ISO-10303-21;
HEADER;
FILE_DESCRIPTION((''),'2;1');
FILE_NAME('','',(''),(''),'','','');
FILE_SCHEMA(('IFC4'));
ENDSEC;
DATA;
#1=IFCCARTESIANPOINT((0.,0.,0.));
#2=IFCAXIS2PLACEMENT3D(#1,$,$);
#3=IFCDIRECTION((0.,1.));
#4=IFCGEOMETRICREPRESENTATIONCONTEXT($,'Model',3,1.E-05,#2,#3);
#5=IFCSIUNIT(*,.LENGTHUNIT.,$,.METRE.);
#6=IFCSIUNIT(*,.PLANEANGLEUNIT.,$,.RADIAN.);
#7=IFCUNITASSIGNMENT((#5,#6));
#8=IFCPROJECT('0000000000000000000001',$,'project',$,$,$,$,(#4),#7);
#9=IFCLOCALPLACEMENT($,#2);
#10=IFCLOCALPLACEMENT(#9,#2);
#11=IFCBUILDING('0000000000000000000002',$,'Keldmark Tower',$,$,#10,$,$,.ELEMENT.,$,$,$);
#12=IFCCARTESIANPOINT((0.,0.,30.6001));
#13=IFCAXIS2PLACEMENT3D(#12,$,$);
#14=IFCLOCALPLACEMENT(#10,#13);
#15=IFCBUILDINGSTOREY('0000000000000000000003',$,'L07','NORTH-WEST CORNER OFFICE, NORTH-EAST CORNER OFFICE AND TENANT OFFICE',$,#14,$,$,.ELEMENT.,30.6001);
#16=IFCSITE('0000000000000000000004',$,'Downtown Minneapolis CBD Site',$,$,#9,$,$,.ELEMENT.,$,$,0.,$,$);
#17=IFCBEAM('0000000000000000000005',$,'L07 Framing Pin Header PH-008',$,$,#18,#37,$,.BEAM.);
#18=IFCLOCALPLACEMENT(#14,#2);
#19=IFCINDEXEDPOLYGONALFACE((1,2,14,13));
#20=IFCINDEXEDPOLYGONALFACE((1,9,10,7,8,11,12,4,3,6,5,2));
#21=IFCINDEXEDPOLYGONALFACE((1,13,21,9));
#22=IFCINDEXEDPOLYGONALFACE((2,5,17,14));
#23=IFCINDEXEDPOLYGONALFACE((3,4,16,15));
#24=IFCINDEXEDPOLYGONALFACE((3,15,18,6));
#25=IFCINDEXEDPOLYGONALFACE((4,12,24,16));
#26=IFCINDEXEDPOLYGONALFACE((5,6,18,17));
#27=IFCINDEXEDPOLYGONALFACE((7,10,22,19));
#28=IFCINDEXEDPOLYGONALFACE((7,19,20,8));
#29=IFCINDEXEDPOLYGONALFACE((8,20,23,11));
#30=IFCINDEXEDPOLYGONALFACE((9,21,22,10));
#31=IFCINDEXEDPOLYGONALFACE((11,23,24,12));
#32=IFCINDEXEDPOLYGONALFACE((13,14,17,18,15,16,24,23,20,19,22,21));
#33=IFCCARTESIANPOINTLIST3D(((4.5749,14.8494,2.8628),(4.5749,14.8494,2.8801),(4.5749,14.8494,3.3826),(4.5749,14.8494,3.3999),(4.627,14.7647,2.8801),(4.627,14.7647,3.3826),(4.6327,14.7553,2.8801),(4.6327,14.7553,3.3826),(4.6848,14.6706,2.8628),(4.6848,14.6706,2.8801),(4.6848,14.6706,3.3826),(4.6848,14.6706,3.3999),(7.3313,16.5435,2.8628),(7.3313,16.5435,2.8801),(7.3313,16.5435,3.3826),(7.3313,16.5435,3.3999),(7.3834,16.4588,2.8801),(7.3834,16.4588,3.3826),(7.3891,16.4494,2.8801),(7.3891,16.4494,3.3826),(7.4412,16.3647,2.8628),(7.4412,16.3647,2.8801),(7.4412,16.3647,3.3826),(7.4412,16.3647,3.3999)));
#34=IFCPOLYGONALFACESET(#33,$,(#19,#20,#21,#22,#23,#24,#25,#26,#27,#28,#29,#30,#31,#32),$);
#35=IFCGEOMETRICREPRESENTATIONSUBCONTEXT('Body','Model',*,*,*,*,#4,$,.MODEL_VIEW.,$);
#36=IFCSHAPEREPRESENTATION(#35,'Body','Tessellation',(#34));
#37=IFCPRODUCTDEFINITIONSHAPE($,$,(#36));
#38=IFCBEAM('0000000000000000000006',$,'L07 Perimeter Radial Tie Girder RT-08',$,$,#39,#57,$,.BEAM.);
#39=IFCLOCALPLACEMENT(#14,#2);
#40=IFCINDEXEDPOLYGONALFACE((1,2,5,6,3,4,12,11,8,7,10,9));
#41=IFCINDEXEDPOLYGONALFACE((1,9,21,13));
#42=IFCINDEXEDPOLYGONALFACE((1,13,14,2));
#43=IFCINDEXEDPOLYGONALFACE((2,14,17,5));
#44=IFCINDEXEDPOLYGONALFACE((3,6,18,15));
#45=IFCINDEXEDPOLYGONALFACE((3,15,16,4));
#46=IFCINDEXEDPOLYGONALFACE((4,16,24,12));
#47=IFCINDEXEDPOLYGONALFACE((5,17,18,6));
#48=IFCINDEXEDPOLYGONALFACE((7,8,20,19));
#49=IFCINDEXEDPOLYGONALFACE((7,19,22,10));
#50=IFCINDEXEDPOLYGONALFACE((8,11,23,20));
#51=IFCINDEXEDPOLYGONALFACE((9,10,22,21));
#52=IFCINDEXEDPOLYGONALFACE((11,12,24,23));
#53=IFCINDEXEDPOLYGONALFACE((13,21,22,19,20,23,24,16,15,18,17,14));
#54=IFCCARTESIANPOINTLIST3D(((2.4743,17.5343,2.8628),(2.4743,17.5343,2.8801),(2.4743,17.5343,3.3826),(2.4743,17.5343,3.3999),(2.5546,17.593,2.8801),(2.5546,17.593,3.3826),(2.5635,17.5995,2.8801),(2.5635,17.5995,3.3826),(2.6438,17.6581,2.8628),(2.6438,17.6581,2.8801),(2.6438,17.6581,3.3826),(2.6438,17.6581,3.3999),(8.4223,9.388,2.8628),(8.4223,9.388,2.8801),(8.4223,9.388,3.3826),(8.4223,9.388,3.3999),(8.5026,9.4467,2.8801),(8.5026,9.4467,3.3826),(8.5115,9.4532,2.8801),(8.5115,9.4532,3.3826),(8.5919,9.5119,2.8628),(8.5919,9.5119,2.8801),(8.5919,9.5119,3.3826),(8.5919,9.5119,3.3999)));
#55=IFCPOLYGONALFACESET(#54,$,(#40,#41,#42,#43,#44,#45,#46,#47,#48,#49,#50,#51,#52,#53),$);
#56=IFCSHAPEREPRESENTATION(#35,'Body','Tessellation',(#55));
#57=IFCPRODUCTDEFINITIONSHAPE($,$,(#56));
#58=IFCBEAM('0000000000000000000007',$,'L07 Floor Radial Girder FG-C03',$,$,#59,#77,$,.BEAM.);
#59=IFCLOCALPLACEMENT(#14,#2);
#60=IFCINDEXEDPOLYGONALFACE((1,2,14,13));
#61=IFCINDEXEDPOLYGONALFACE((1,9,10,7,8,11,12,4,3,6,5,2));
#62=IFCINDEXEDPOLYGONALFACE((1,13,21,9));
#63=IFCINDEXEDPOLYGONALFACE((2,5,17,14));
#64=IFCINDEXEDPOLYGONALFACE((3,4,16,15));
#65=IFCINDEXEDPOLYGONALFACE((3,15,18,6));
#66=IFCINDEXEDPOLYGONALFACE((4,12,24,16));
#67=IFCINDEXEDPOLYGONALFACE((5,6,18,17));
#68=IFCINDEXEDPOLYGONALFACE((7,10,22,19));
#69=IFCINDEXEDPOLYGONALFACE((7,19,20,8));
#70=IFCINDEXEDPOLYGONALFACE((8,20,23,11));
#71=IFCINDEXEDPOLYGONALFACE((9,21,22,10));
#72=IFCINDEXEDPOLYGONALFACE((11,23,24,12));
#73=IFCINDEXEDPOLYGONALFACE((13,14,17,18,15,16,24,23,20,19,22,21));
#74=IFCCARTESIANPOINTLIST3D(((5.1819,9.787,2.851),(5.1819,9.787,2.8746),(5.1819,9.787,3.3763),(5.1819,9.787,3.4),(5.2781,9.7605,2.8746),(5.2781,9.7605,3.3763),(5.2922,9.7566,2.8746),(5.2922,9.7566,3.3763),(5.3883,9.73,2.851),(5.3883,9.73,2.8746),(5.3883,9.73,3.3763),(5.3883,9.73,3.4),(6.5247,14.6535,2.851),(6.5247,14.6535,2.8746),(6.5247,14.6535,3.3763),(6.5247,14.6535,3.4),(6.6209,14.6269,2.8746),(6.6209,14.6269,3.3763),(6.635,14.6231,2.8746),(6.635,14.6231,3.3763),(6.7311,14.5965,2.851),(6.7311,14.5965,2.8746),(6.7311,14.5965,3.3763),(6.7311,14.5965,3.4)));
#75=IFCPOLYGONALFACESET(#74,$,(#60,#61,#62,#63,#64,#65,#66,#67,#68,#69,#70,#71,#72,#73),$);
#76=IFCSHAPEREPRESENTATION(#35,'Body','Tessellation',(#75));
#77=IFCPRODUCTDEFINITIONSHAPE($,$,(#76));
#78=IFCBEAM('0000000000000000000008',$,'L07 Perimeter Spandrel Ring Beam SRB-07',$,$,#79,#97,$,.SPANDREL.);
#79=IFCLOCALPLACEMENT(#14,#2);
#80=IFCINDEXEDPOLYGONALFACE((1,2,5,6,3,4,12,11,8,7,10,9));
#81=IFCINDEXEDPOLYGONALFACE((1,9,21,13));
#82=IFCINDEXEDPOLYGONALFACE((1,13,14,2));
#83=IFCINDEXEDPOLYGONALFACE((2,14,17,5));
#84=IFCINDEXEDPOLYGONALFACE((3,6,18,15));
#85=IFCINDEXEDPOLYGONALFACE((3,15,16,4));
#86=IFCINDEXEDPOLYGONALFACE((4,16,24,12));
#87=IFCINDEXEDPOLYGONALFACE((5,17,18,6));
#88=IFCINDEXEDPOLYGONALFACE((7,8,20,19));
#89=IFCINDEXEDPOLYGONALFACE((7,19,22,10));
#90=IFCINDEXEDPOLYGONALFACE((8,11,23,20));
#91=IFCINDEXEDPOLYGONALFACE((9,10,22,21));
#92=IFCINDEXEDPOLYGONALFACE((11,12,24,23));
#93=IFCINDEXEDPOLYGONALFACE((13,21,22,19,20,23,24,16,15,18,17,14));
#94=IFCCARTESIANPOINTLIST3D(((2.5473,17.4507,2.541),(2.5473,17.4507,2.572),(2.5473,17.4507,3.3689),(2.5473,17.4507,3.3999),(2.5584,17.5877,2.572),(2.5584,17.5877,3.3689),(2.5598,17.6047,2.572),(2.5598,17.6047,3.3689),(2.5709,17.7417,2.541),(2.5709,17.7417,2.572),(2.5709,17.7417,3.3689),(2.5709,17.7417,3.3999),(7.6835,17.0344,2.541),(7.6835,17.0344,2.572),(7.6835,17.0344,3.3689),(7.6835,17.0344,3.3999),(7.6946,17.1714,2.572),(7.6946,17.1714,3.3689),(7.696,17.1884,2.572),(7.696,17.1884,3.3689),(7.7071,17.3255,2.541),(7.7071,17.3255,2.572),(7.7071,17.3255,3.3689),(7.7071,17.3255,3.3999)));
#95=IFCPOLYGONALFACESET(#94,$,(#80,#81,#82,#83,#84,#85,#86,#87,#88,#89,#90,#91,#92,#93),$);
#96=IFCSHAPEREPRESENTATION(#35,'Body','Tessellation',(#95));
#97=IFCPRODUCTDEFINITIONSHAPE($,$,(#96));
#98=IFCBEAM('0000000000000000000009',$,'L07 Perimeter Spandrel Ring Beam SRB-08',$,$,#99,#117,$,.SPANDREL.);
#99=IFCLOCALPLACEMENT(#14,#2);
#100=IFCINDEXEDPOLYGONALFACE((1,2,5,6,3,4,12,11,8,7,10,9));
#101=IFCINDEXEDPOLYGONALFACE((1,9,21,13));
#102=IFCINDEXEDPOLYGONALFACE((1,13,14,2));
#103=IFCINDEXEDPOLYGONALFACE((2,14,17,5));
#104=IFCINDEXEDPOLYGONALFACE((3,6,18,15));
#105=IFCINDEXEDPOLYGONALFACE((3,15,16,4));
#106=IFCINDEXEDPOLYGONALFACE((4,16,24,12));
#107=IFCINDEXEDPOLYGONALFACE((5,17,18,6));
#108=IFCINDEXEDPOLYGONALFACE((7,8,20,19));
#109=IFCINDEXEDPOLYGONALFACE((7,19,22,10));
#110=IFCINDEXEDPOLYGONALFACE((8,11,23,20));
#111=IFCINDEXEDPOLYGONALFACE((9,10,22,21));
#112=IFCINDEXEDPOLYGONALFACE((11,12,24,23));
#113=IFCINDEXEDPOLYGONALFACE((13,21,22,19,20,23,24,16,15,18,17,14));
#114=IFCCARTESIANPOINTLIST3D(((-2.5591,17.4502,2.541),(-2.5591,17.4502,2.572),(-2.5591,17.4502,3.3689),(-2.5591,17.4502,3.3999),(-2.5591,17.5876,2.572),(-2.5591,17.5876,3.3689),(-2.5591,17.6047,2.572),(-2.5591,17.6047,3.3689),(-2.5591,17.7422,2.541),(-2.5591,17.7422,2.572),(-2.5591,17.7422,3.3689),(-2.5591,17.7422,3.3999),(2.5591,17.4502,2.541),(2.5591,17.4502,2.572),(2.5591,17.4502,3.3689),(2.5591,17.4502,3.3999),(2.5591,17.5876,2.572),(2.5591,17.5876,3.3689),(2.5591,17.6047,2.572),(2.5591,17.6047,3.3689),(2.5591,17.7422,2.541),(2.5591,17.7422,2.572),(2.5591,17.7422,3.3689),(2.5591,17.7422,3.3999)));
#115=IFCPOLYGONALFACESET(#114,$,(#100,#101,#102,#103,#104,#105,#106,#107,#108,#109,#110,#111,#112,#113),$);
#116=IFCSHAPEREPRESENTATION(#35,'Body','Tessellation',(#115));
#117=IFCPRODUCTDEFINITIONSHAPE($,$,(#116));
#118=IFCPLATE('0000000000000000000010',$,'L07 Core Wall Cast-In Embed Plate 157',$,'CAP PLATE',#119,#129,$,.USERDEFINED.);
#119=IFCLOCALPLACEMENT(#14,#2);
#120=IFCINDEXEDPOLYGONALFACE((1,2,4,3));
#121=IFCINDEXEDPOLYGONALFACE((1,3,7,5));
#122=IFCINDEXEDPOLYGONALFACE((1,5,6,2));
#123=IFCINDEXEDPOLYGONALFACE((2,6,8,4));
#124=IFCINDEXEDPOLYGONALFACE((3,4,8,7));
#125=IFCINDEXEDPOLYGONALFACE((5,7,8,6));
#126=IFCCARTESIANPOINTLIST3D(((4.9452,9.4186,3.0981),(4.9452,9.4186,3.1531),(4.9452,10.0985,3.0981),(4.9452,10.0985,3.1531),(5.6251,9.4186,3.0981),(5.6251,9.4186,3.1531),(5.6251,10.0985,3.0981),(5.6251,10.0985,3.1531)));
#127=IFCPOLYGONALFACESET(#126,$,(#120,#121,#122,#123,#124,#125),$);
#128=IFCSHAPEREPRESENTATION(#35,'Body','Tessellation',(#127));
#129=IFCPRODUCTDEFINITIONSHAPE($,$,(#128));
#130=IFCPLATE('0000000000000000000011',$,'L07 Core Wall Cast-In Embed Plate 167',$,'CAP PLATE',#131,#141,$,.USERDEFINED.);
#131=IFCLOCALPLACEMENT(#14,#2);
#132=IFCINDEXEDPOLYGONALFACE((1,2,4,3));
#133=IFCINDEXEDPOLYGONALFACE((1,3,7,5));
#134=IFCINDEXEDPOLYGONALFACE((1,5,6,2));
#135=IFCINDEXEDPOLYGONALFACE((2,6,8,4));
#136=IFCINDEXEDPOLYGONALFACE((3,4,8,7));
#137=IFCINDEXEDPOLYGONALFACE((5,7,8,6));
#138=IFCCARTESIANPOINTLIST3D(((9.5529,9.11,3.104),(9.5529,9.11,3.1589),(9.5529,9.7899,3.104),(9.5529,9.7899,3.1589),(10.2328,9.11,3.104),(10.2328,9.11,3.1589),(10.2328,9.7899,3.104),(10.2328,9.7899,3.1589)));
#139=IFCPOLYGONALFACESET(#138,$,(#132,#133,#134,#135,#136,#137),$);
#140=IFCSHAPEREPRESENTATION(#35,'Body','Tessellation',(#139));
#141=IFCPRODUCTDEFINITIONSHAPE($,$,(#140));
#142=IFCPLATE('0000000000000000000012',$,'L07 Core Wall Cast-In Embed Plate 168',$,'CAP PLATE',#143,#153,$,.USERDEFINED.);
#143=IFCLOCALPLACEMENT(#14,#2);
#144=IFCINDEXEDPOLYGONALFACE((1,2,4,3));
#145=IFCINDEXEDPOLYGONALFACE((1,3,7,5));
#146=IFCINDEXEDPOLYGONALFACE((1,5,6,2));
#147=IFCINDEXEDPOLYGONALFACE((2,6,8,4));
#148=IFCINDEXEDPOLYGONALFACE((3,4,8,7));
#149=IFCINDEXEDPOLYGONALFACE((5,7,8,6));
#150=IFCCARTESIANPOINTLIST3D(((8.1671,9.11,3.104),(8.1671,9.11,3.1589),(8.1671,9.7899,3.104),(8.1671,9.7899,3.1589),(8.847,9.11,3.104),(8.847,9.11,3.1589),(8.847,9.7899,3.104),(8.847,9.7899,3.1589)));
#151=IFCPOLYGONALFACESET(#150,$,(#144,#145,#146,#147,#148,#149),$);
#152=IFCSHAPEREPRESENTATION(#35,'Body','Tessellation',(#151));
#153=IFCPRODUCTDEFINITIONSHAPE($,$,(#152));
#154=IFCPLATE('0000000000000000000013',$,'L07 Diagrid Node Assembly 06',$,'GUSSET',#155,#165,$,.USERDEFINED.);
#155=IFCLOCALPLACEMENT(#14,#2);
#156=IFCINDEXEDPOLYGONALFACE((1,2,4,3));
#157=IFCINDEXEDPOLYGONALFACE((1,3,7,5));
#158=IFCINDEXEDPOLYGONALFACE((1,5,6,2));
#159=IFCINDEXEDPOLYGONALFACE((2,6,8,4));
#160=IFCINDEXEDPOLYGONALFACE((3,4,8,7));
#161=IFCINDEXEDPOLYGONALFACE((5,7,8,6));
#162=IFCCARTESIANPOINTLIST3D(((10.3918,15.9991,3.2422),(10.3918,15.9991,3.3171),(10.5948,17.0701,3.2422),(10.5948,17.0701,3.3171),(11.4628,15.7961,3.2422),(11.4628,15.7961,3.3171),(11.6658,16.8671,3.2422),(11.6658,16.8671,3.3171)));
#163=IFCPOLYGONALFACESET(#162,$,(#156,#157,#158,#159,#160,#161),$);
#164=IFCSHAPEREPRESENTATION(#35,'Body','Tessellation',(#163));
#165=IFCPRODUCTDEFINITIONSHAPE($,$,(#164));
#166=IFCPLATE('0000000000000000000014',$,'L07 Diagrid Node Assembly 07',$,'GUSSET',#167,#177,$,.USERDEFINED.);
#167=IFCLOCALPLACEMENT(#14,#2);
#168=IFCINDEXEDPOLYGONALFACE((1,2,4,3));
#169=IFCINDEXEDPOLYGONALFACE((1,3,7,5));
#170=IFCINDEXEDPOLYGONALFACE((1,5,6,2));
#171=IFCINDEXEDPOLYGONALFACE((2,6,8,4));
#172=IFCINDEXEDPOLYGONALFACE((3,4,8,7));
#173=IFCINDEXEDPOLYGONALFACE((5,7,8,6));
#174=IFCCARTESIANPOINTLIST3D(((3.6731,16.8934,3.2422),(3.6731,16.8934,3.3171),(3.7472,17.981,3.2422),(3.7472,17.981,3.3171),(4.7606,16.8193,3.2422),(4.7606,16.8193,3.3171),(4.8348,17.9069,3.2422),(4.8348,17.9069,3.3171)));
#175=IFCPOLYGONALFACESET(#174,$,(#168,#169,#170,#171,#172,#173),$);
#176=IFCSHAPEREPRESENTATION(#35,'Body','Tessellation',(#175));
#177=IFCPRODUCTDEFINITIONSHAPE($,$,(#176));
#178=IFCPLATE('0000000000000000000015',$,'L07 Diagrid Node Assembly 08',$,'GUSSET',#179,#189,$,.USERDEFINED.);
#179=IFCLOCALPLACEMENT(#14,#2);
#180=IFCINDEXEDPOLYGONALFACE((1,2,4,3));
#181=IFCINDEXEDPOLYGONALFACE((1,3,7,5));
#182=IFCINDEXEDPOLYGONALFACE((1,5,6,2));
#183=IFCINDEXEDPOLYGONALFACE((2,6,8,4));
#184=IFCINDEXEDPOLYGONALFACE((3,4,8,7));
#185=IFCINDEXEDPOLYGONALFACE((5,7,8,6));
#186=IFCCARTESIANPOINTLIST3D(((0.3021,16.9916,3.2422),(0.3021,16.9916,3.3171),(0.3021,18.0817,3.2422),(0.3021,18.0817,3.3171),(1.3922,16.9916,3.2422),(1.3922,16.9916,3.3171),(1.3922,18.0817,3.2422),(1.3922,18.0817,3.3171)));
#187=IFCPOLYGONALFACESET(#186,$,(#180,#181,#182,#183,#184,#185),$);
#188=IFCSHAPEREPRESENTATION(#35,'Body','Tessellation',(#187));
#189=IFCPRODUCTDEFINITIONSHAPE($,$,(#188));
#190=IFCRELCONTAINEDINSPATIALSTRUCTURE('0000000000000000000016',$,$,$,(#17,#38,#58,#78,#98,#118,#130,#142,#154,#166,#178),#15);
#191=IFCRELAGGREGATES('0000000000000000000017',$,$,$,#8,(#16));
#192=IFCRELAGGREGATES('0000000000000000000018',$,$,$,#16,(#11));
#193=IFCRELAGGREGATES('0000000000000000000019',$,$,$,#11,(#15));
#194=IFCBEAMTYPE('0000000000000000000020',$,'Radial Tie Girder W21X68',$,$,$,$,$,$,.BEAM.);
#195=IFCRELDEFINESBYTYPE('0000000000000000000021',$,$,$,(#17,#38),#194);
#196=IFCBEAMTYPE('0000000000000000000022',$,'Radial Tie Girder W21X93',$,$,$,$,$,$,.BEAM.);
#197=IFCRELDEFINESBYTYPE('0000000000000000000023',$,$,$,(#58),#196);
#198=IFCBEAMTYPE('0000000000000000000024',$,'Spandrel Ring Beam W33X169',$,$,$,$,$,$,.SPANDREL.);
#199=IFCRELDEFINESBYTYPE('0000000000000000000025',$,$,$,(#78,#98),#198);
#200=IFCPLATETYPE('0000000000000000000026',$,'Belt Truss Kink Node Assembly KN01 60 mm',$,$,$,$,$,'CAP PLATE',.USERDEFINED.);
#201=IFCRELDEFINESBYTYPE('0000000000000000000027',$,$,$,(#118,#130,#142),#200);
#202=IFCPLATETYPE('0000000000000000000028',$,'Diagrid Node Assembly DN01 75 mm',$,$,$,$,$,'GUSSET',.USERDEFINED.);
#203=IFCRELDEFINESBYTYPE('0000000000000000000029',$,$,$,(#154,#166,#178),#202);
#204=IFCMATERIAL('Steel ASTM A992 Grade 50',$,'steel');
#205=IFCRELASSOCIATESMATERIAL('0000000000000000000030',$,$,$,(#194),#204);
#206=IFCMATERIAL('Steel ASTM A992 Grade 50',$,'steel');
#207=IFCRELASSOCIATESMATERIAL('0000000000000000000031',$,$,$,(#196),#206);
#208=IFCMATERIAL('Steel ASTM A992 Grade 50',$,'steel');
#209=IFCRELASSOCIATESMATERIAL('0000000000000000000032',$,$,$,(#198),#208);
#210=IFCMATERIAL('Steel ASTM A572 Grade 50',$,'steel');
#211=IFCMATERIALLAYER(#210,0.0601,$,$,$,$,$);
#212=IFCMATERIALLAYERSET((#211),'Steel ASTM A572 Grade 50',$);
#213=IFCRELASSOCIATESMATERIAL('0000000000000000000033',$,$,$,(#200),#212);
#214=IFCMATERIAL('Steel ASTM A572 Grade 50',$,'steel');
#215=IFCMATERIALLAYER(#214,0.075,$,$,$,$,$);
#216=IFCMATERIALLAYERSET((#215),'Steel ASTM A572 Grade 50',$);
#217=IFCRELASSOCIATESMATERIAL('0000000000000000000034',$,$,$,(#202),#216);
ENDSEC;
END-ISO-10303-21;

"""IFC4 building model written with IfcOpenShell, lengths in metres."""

from ifc_helpers import new_model, si_unit, direction, frame, origin, origin_2d, place, context, subcontext, project, spatial, rectangle, i_section, extrude, material, layer, layer_set, material_profile, profile_set, type_object, element, save


model = new_model("IFC4")

# Units and contexts
model_context = context("Model", 3, precision=1e-05, world=origin(), true_north=direction((0.0, 1.0)))
body_context = subcontext(model_context, "Body", "Model", "MODEL_VIEW")
ifc_project = project(units=[si_unit("LENGTHUNIT", "METRE"), si_unit("PLANEANGLEUNIT", "RADIAN")], contexts=[model_context])

# Site, building, storey
site_placement = place(None, origin())
site = spatial("IfcSite", under=ifc_project, at=site_placement, Name="Downtown Minneapolis CBD Site", CompositionType="ELEMENT", RefElevation=0.0)
building_placement = place(site_placement, origin())
building = spatial("IfcBuilding", under=site, at=building_placement, Name="Keldmark Tower", CompositionType="ELEMENT")
storey_placement = place(building_placement, frame((0.0, 0.0, 30.6001)))
storey = spatial("IfcBuildingStorey", under=building, at=storey_placement, Name="L07", Description="NORTH-WEST CORNER OFFICE, NORTH-EAST CORNER OFFICE AND TENANT OFFICE", CompositionType="ELEMENT", Elevation=30.6001)

# Beams
ifc_material_1 = material(Name="Steel ASTM A992 Grade 50", Category="steel")
ifc_material_profile_1 = material_profile(ifc_material_1, i_section(OverallWidth=0.21, OverallDepth=0.5371, WebThickness=0.011, FlangeThickness=0.0173, at=origin_2d()), Name="W21X68")
ifc_profile_set_1 = profile_set([ifc_material_profile_1], Name="Steel ASTM A992 Grade 50")
beam_type_1 = type_object("IfcBeamType", Name="Radial Tie Girder W21X68", PredefinedType="BEAM", material=ifc_profile_set_1)
beam_1_placement = place(storey_placement, frame((7.3862, 16.4541, 3.1313), z_axis=(-0.851951, -0.523622, 0.0), x_axis=(0.523622, -0.851951, 0.0)))
element("IfcBeam", 1, at=beam_1_placement, inside=storey, type_object=beam_type_1, Name="L07 Framing Pin Header PH-008", PredefinedType="BEAM", context=body_context, shape_type="SweptSolid", body=[
    extrude(i_section(OverallWidth=0.21, OverallDepth=0.5371, WebThickness=0.011, FlangeThickness=0.0173, at=origin_2d()), origin(), (0.0, 0.0, 1.0), 3.2354),
])
beam_2_placement = place(storey_placement, frame((8.5071, 9.45, 3.1313), z_axis=(-0.589692, 0.807628, 0.0), x_axis=(-0.807628, -0.589692, 0.0)))
element("IfcBeam", 2, at=beam_2_placement, inside=storey, type_object=beam_type_1, Name="L07 Perimeter Radial Tie Girder RT-08", PredefinedType="BEAM", context=body_context, shape_type="SweptSolid", body=[
    extrude(i_section(OverallWidth=0.21, OverallDepth=0.5371, WebThickness=0.011, FlangeThickness=0.0173, at=origin_2d()), origin(), (0.0, 0.0, 1.0), 10.0867),
])
ifc_material_2 = material(Name="Steel ASTM A992 Grade 50", Category="steel")
ifc_material_profile_2 = material_profile(ifc_material_2, i_section(OverallWidth=0.2141, OverallDepth=0.5491, WebThickness=0.0146, FlangeThickness=0.0237, at=origin_2d()), Name="W21X93")
ifc_profile_set_2 = profile_set([ifc_material_profile_2], Name="Steel ASTM A992 Grade 50")
beam_type_2 = type_object("IfcBeamType", Name="Radial Tie Girder W21X93", PredefinedType="BEAM", material=ifc_profile_set_2)
beam_3_placement = place(storey_placement, frame((6.6279, 14.625, 3.1255), z_axis=(-0.265985, -0.963977, 0.0), x_axis=(0.963977, -0.265985, 0.0)))
element("IfcBeam", 3, at=beam_3_placement, inside=storey, type_object=beam_type_2, Name="L07 Floor Radial Girder FG-C03", PredefinedType="BEAM", context=body_context, shape_type="SweptSolid", body=[
    extrude(i_section(OverallWidth=0.2141, OverallDepth=0.5491, WebThickness=0.0146, FlangeThickness=0.0237, at=origin_2d()), origin(), (0.0, 0.0, 1.0), 5.0483),
])
ifc_material_3 = material(Name="Steel ASTM A992 Grade 50", Category="steel")
ifc_material_profile_3 = material_profile(ifc_material_3, i_section(OverallWidth=0.292, OverallDepth=0.8589, WebThickness=0.0171, FlangeThickness=0.031, at=origin_2d()), Name="W33X169")
ifc_profile_set_3 = profile_set([ifc_material_profile_3], Name="Steel ASTM A992 Grade 50")
beam_type_3 = type_object("IfcBeamType", Name="Spandrel Ring Beam W33X169", PredefinedType="SPANDREL", material=ifc_profile_set_3)
beam_4_placement = place(storey_placement, frame((7.6953, 17.1799, 2.9705), z_axis=(-0.996732, 0.080779, 0.0), x_axis=(-0.080779, -0.996732, 0.0)))
element("IfcBeam", 4, at=beam_4_placement, inside=storey, type_object=beam_type_3, Name="L07 Perimeter Spandrel Ring Beam SRB-07", PredefinedType="SPANDREL", context=body_context, shape_type="SweptSolid", body=[
    extrude(i_section(OverallWidth=0.292, OverallDepth=0.8589, WebThickness=0.0171, FlangeThickness=0.031, at=origin_2d()), origin(), (0.0, 0.0, 1.0), 5.1531),
])
beam_5_placement = place(storey_placement, frame((2.5591, 17.5962, 2.9705), z_axis=(-1.0, 0.0, 0.0), x_axis=(0.0, -1.0, 0.0)))
element("IfcBeam", 5, at=beam_5_placement, inside=storey, type_object=beam_type_3, Name="L07 Perimeter Spandrel Ring Beam SRB-08", PredefinedType="SPANDREL", context=body_context, shape_type="SweptSolid", body=[
    extrude(i_section(OverallWidth=0.292, OverallDepth=0.8589, WebThickness=0.0171, FlangeThickness=0.031, at=origin_2d()), origin(), (0.0, 0.0, 1.0), 5.1182),
])

# Plates
ifc_material_4 = material(Name="Steel ASTM A572 Grade 50", Category="steel")
ifc_layer_1 = layer(ifc_material_4, 0.0601)
ifc_layer_set_1 = layer_set([ifc_layer_1], Name="Steel ASTM A572 Grade 50")
plate_type_1 = type_object("IfcPlateType", Name="Belt Truss Kink Node Assembly KN01 60 mm", ElementType="CAP PLATE", PredefinedType="USERDEFINED", material=ifc_layer_set_1)
for number, where, z_axis, x_axis, name in (
    (6, (5.2852, 9.7585, 3.0981), (0.0, 0.0, 1.0), (1.0, 0.0, 0.0), "L07 Core Wall Cast-In Embed Plate 157"),
    (7, (9.8928, 9.45, 3.104), (0.0, 0.0, 1.0), (1.0, 0.0, 0.0), "L07 Core Wall Cast-In Embed Plate 167"),
    (8, (8.5071, 9.45, 3.104), (0.0, 0.0, 1.0), (1.0, 0.0, 0.0), "L07 Core Wall Cast-In Embed Plate 168"),
):
    element("IfcPlate", number, at=place(storey_placement, frame(where, z_axis=z_axis, x_axis=x_axis)), inside=storey, type_object=plate_type_1, Name=name, ObjectType="CAP PLATE", PredefinedType="USERDEFINED", context=body_context, shape_type="SweptSolid", body=[
        extrude(rectangle(XDim=0.6799, YDim=0.6799, at=origin_2d()), origin(), (0.0, 0.0, 1.0), 0.0549),
    ])
ifc_material_5 = material(Name="Steel ASTM A572 Grade 50", Category="steel")
ifc_layer_2 = layer(ifc_material_5, 0.075)
ifc_layer_set_2 = layer_set([ifc_layer_2], Name="Steel ASTM A572 Grade 50")
plate_type_2 = type_object("IfcPlateType", Name="Diagrid Node Assembly DN01 75 mm", ElementType="GUSSET", PredefinedType="USERDEFINED", material=ifc_layer_set_2)
for number, where, z_axis, x_axis, name in (
    (9, (11.0288, 16.4331, 3.2422), (0.0, 0.0, 1.0), (-0.982515, 0.186181, 0.0), "L07 Diagrid Node Assembly 06"),
    (10, (4.2539, 17.4001, 3.2422), (0.0, 0.0, 1.0), (-0.997684, 0.068015, 0.0), "L07 Diagrid Node Assembly 07"),
    (11, (0.8472, 17.5366, 3.2422), (0.0, 0.0, 1.0), (-1.0, 0.0, 0.0), "L07 Diagrid Node Assembly 08"),
):
    element("IfcPlate", number, at=place(storey_placement, frame(where, z_axis=z_axis, x_axis=x_axis)), inside=storey, type_object=plate_type_2, Name=name, ObjectType="GUSSET", PredefinedType="USERDEFINED", context=body_context, shape_type="SweptSolid", body=[
        extrude(rectangle(XDim=1.0901, YDim=1.0901, at=origin_2d()), origin(), (0.0, 0.0, 1.0), 0.075),
    ])

save(model, "model.ifc")
